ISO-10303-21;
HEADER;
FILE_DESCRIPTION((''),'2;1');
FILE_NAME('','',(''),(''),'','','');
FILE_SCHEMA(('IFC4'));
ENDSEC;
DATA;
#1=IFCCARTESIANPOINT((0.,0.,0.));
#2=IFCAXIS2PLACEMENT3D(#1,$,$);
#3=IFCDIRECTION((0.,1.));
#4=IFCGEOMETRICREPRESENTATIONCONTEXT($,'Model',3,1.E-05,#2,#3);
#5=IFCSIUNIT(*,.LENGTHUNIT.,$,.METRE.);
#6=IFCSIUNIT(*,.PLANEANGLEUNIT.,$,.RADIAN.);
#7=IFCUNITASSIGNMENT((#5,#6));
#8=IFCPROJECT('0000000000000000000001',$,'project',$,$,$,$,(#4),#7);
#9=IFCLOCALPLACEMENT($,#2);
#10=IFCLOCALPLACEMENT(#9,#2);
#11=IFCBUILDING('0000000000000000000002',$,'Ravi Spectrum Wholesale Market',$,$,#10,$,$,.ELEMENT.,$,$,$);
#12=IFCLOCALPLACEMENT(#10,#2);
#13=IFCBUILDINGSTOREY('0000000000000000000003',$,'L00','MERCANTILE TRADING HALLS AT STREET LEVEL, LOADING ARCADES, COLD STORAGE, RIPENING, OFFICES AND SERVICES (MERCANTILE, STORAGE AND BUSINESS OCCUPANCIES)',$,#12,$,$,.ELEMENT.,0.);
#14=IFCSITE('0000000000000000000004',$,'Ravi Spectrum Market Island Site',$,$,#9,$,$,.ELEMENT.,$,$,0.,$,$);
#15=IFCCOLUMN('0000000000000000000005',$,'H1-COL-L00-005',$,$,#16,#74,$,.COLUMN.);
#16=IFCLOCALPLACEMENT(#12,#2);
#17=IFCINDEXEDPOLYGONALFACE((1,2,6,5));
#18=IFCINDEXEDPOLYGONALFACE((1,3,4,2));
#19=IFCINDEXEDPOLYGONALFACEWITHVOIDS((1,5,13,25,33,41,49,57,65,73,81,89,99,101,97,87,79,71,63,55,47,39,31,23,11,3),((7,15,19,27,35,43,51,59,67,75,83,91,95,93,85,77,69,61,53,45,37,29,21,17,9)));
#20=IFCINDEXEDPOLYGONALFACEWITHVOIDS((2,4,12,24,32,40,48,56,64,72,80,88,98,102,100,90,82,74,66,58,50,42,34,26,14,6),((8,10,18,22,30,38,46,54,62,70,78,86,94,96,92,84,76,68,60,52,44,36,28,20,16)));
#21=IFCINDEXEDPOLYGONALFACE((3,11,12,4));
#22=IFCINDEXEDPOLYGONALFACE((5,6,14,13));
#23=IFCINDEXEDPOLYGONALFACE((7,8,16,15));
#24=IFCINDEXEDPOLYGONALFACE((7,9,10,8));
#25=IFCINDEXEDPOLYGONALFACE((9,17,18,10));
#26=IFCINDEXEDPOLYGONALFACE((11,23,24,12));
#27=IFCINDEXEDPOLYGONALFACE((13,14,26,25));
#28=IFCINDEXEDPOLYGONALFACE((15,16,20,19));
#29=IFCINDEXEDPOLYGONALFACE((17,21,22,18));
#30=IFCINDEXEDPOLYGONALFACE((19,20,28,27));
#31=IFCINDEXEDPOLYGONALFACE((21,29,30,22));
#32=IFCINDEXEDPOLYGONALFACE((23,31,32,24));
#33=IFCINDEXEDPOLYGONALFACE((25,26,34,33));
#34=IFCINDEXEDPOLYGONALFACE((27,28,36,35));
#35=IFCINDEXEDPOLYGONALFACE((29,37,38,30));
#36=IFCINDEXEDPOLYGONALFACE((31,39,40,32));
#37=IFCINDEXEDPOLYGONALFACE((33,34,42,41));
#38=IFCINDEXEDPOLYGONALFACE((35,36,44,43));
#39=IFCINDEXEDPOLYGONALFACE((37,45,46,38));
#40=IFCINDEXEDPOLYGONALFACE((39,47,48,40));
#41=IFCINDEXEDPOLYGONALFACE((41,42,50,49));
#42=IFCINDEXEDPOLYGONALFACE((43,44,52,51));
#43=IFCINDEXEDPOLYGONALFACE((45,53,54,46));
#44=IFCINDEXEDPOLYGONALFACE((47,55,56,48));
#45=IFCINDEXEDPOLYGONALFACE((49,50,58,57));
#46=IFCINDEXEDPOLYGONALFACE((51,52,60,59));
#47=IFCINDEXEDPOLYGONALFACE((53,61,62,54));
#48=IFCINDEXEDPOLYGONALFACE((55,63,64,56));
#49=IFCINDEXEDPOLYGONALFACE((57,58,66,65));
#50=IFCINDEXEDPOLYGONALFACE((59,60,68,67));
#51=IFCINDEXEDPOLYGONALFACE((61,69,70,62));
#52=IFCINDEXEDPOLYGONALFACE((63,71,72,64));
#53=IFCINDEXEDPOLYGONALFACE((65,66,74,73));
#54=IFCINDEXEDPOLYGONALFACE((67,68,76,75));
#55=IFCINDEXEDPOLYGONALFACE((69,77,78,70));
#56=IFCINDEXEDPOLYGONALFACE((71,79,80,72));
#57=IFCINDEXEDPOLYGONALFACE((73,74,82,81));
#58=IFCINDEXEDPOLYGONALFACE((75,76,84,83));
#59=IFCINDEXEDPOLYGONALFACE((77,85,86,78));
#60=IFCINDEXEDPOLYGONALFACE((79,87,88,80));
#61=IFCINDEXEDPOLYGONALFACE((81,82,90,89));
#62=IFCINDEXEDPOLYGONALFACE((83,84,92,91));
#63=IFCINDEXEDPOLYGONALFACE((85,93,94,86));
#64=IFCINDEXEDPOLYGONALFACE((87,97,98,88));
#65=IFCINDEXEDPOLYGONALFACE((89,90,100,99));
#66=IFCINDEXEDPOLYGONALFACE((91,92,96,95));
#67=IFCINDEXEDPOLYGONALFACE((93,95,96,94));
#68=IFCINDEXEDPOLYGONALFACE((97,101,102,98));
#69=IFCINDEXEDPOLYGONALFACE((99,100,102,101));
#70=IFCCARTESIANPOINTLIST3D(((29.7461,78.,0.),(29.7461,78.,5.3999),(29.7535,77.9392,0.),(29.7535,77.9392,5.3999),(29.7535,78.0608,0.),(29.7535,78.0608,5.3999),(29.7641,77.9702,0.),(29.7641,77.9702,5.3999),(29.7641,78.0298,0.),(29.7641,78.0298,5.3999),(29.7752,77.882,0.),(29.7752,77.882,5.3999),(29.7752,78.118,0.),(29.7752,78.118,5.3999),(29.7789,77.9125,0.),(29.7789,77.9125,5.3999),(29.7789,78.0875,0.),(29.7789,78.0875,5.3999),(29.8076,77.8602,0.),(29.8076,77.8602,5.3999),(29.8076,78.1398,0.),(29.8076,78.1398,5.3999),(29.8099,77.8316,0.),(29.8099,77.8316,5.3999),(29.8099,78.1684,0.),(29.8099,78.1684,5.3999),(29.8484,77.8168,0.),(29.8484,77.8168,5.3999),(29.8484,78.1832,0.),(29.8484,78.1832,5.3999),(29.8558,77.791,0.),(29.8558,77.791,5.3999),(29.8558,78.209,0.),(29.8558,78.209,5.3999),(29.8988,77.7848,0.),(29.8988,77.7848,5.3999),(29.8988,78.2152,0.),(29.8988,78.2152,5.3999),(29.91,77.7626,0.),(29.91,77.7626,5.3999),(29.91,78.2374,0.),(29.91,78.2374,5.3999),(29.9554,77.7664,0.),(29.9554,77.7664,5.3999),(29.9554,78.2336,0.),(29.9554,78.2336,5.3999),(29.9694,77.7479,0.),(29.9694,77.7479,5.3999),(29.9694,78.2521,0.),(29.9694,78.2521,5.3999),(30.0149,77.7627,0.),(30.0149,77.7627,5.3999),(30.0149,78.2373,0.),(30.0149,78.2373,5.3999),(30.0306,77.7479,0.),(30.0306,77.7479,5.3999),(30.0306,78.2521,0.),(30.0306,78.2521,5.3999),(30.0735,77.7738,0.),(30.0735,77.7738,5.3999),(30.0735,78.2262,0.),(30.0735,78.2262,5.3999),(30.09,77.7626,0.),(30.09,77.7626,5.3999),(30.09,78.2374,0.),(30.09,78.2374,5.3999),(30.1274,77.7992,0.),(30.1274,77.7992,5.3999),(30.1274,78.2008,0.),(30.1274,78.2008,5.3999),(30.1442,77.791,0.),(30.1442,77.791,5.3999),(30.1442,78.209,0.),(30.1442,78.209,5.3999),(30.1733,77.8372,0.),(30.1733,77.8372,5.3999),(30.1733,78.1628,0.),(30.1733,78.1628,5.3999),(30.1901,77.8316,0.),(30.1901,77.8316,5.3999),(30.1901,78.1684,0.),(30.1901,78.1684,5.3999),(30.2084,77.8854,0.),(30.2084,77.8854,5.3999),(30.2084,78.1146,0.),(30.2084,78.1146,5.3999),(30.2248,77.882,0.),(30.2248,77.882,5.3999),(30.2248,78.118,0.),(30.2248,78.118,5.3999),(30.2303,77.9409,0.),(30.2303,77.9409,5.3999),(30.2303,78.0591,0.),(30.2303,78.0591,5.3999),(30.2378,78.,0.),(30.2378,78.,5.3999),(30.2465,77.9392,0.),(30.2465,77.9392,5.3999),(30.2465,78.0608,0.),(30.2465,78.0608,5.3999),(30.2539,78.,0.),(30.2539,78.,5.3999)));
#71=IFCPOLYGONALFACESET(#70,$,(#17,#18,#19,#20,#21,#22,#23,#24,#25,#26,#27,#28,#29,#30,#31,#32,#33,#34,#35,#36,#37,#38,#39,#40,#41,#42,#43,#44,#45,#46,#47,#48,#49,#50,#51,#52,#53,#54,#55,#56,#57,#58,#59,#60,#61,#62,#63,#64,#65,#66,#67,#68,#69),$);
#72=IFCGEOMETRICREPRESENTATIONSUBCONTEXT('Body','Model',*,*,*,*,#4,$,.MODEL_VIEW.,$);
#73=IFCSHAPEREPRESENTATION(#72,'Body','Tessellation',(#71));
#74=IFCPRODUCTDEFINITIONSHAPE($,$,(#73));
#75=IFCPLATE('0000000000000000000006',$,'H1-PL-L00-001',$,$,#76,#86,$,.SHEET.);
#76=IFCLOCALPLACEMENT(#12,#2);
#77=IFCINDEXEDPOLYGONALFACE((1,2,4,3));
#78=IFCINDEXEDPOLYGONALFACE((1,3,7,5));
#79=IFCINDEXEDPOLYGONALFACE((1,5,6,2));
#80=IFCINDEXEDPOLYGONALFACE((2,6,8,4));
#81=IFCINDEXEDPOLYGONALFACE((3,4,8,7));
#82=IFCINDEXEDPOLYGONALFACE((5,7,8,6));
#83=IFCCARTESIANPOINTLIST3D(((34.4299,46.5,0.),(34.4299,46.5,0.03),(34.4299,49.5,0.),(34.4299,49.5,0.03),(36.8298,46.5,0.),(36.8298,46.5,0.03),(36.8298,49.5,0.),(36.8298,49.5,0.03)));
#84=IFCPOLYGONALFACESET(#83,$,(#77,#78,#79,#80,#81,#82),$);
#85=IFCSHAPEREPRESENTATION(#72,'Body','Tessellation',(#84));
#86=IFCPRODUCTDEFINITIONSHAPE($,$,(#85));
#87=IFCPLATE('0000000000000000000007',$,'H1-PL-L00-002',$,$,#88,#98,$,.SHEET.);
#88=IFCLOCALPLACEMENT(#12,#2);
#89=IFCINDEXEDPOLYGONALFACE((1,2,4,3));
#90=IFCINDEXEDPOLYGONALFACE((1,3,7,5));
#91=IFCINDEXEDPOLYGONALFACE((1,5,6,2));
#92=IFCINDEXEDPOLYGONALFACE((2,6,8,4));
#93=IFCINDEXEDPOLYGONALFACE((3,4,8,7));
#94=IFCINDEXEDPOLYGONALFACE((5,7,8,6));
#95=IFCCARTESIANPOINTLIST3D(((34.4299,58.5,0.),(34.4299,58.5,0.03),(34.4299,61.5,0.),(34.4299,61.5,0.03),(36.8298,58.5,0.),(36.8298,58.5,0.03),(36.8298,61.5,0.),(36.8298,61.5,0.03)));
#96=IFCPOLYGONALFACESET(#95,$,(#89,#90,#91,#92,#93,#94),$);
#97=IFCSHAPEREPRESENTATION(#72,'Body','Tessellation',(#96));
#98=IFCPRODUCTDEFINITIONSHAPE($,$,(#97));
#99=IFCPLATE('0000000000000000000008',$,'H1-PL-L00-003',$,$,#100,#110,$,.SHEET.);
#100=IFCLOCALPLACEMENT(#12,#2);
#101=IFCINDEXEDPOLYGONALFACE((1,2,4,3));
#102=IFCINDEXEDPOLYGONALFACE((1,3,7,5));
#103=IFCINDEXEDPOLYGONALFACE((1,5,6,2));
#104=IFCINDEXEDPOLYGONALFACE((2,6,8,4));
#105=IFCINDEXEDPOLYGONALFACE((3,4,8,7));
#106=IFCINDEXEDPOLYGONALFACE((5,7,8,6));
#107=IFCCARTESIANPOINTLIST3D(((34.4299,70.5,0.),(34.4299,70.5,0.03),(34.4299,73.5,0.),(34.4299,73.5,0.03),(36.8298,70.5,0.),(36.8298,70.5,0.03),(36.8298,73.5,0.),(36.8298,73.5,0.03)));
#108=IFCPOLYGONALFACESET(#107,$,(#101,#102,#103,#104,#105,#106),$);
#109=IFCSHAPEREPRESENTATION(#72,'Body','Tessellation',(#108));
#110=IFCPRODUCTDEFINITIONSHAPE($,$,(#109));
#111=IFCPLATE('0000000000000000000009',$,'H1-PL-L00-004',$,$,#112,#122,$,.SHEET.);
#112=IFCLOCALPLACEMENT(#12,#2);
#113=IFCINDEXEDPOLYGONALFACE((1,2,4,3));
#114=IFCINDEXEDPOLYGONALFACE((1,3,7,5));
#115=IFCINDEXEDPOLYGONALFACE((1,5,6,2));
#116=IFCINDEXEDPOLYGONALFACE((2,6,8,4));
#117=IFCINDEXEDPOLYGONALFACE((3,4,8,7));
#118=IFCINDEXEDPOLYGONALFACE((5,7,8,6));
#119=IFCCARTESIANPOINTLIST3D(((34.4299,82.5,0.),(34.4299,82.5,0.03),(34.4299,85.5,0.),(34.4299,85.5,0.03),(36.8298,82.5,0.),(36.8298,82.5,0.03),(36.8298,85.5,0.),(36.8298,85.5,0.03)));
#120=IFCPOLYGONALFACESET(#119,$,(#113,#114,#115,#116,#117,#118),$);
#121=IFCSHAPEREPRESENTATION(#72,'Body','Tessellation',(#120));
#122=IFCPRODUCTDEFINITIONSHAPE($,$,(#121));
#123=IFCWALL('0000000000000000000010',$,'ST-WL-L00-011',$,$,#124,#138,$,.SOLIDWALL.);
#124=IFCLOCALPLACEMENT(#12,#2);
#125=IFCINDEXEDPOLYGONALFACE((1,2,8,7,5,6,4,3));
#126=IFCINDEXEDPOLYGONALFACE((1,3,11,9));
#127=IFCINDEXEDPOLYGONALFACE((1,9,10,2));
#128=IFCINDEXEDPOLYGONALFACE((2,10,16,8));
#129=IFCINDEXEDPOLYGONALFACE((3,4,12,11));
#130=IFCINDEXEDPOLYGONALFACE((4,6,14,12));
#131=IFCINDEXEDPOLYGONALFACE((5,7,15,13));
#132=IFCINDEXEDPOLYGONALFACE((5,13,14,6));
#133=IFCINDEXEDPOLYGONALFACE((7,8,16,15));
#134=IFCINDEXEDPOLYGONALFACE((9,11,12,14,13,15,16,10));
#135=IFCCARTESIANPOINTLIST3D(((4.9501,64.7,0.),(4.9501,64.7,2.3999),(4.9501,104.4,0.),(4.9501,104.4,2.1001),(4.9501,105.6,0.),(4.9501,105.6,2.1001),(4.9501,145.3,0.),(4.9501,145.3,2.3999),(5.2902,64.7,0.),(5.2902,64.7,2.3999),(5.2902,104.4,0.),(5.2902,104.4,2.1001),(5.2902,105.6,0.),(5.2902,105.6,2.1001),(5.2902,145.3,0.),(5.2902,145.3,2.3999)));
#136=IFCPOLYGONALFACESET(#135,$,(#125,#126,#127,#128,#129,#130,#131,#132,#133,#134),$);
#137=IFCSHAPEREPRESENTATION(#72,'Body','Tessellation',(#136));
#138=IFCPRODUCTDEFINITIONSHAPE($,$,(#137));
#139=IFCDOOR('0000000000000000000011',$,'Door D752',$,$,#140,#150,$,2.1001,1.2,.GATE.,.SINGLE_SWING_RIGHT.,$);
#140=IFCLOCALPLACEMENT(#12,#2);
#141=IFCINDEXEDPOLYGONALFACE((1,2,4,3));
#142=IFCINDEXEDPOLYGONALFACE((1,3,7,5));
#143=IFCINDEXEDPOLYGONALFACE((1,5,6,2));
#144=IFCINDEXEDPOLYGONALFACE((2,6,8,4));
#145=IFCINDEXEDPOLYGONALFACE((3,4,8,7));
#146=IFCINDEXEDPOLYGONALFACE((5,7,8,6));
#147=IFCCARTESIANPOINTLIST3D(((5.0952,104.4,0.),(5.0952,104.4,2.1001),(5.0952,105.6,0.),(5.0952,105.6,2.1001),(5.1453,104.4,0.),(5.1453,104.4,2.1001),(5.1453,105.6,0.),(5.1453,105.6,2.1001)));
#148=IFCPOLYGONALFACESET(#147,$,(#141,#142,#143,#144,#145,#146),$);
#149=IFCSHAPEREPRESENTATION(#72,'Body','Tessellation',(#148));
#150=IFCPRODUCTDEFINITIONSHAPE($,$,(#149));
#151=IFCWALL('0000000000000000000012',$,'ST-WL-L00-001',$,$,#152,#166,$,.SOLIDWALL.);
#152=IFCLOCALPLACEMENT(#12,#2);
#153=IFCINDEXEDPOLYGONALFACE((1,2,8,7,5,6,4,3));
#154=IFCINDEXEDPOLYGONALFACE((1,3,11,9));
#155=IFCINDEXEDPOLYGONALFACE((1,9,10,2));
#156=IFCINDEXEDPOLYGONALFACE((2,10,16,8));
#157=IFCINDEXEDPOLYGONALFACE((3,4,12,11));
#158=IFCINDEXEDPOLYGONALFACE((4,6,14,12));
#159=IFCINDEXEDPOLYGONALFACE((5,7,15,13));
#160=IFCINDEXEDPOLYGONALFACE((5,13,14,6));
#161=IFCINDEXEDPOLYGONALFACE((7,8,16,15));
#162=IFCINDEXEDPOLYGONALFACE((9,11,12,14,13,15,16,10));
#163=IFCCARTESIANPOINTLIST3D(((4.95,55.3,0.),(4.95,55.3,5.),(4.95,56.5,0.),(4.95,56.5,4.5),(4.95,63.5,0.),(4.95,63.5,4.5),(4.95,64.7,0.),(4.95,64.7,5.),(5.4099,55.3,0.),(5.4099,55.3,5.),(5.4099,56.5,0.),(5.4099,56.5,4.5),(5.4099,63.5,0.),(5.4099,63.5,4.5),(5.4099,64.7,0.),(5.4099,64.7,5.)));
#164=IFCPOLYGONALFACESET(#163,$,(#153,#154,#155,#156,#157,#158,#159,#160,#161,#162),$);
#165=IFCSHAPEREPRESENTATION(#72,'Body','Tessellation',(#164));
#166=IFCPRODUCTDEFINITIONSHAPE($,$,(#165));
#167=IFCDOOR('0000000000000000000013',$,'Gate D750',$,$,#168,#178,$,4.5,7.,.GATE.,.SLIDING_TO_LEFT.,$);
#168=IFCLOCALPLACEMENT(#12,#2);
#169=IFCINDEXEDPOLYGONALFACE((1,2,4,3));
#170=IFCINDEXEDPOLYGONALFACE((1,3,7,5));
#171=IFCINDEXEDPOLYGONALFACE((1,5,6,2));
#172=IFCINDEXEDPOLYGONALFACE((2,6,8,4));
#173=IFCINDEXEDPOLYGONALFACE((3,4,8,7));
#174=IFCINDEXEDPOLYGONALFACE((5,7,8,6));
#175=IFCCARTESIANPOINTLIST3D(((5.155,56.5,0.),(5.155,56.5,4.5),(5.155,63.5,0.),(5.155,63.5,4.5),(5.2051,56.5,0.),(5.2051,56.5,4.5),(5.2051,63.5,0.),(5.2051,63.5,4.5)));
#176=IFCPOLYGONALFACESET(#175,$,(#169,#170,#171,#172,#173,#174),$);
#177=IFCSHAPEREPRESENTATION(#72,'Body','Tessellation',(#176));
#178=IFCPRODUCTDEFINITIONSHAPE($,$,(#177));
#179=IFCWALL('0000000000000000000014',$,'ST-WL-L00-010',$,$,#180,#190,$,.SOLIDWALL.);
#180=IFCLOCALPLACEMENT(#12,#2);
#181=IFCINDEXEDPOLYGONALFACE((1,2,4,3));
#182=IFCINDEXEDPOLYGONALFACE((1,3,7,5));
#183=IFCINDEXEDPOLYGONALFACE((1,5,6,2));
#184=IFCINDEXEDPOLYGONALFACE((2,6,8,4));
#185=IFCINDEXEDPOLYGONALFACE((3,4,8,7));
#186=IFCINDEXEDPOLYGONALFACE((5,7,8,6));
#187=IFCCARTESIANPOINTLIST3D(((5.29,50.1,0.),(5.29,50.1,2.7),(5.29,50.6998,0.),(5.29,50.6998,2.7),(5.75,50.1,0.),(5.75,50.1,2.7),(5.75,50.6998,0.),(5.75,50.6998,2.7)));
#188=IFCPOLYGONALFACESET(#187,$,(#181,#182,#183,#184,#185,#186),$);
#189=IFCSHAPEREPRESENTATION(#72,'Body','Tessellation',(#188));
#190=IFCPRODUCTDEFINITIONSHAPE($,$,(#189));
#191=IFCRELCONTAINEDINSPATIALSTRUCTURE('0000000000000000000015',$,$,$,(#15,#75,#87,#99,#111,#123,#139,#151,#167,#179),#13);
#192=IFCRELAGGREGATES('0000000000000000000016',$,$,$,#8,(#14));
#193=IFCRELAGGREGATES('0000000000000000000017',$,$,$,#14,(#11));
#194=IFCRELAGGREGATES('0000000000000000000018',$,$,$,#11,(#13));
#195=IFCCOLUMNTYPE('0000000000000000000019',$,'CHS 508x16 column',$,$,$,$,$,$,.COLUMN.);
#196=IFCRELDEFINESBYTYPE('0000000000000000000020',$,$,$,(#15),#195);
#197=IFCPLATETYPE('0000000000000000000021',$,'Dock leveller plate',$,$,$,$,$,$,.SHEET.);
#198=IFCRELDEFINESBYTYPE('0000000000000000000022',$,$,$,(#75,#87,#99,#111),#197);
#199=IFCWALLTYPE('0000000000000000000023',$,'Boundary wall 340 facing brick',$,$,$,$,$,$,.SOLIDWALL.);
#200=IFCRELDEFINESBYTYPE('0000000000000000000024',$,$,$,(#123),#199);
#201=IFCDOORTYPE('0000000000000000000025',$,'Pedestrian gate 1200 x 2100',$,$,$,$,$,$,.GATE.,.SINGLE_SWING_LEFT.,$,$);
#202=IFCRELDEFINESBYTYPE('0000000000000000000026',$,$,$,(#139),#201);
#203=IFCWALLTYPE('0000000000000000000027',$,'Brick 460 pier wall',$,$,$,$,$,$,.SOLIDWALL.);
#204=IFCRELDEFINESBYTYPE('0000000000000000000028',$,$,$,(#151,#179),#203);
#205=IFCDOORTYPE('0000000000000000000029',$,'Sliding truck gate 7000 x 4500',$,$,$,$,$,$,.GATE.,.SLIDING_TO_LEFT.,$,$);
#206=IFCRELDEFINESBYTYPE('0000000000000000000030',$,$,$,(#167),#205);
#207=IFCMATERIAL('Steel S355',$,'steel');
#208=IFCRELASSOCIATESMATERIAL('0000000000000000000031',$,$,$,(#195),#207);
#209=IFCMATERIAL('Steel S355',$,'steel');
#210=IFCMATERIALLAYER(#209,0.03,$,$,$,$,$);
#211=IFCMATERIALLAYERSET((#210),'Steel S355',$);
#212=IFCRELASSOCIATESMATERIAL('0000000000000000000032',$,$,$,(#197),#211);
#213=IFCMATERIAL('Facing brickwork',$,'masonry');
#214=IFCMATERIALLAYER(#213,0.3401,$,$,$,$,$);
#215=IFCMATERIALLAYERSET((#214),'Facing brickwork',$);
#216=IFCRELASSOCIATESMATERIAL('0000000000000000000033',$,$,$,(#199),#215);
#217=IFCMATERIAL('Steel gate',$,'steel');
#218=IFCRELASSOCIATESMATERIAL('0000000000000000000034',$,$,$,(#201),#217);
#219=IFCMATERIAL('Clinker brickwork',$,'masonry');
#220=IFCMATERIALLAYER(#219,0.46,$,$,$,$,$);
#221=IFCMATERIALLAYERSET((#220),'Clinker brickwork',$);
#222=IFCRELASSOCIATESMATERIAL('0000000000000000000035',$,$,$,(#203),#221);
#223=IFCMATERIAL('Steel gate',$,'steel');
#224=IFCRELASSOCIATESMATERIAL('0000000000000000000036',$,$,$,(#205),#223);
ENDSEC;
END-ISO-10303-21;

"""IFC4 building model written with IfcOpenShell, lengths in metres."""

from ifc_helpers import new_model, si_unit, direction, frame, frame_2d, origin, origin_2d, place, context, subcontext, project, spatial, rectangle, hollow_circle, extrude, material, layer, layer_set, material_profile, profile_set, type_object, element, fill, save


model = new_model("IFC4")

# Units and contexts
model_context = context("Model", 3, precision=1e-05, world=origin(), true_north=direction((0.0, 1.0)))
body_context = subcontext(model_context, "Body", "Model", "MODEL_VIEW")
ifc_project = project(units=[si_unit("LENGTHUNIT", "METRE"), si_unit("PLANEANGLEUNIT", "RADIAN")], contexts=[model_context])

# Site, building, storey
site_placement = place(None, origin())
site = spatial("IfcSite", under=ifc_project, at=site_placement, Name="Ravi Spectrum Market Island Site", CompositionType="ELEMENT", RefElevation=0.0)
building_placement = place(site_placement, origin())
building = spatial("IfcBuilding", under=site, at=building_placement, Name="Ravi Spectrum Wholesale Market", CompositionType="ELEMENT")
storey_placement = place(building_placement, origin())
storey = spatial("IfcBuildingStorey", under=building, at=storey_placement, Name="L00", Description="MERCANTILE TRADING HALLS AT STREET LEVEL, LOADING ARCADES, COLD STORAGE, RIPENING, OFFICES AND SERVICES (MERCANTILE, STORAGE AND BUSINESS OCCUPANCIES)", CompositionType="ELEMENT", Elevation=0.0)

# Column
ifc_material_1 = material(Name="Steel S355", Category="steel")
ifc_material_profile = material_profile(ifc_material_1, hollow_circle(Radius=0.2539, WallThickness=0.0161, at=origin_2d()))
ifc_profile_set = profile_set([ifc_material_profile], Name="Steel S355")
column_type = type_object("IfcColumnType", Name="CHS 508x16 column", PredefinedType="COLUMN", material=ifc_profile_set)
for number, where, z_axis, x_axis, name in (
    (1, (30.0, 78.0, 0.0), (0.0, 0.0, 1.0), (1.0, 0.0, 0.0), "H1-COL-L00-005"),
):
    element("IfcColumn", number, at=place(storey_placement, frame(where, z_axis=z_axis, x_axis=x_axis)), inside=storey, type_object=column_type, Name=name, PredefinedType="COLUMN", context=body_context, shape_type="SweptSolid", body=[
        extrude(hollow_circle(Radius=0.2539, WallThickness=0.0161, at=origin_2d()), origin(), (0.0, 0.0, 1.0), 5.3999),
    ])

# Plates
ifc_material_2 = material(Name="Steel S355", Category="steel")
ifc_layer_1 = layer(ifc_material_2, 0.03)
ifc_layer_set_1 = layer_set([ifc_layer_1], Name="Steel S355")
plate_type = type_object("IfcPlateType", Name="Dock leveller plate", PredefinedType="SHEET", material=ifc_layer_set_1)
for number, where, z_axis, x_axis, name in (
    (2, (35.6299, 48.0, 0.0), (0.0, 0.0, 1.0), (1.0, 0.0, 0.0), "H1-PL-L00-001"),
    (3, (35.6299, 60.0, 0.0), (0.0, 0.0, 1.0), (1.0, 0.0, 0.0), "H1-PL-L00-002"),
    (4, (35.6299, 72.0, 0.0), (0.0, 0.0, 1.0), (1.0, 0.0, 0.0), "H1-PL-L00-003"),
    (5, (35.6299, 84.0, 0.0), (0.0, 0.0, 1.0), (1.0, 0.0, 0.0), "H1-PL-L00-004"),
):
    element("IfcPlate", number, at=place(storey_placement, frame(where, z_axis=z_axis, x_axis=x_axis)), inside=storey, type_object=plate_type, Name=name, PredefinedType="SHEET", context=body_context, shape_type="SweptSolid", body=[
        extrude(rectangle(XDim=2.3999, YDim=3.0, at=origin_2d()), origin(), (0.0, 0.0, 1.0), 0.03),
    ])

# Walls, openings, doors
ifc_material_3 = material(Name="Facing brickwork", Category="masonry")
ifc_layer_2 = layer(ifc_material_3, 0.3401)
ifc_layer_set_2 = layer_set([ifc_layer_2], Name="Facing brickwork")
wall_type_1 = type_object("IfcWallType", Name="Boundary wall 340 facing brick", PredefinedType="SOLIDWALL", material=ifc_layer_set_2)
wall_1_placement = place(storey_placement, frame((5.1201, 64.7, 0.0), z_axis=(0.0, 0.0, 1.0), x_axis=(0.0, 1.0, 0.0)))
wall_1 = element("IfcWall", 6, at=wall_1_placement, inside=storey, type_object=wall_type_1, Name="ST-WL-L00-011", PredefinedType="SOLIDWALL", context=body_context, shape_type="SweptSolid", body=[
    extrude(rectangle(XDim=80.6001, YDim=0.3401, at=frame_2d((40.3, 0.0))), origin(), (0.0, 0.0, 1.0), 2.3999),
])
opening_1_placement = place(wall_1_placement, frame((39.7, 0.0, 0.0)))
opening_1 = element("IfcOpeningElement", 7, at=opening_1_placement, cuts=wall_1, PredefinedType="OPENING", context=body_context, shape_type="SweptSolid", body=[
    extrude(rectangle(XDim=1.2, YDim=2.1001, at=frame_2d((0.6001, 1.05))), frame((0.0, 0.1799, 0.0), z_axis=(0.0, -1.0, 0.0), x_axis=(1.0, 0.0, 0.0)), (0.0, 0.0, 1.0), 0.3601),
])
ifc_material_4 = material(Name="Steel gate", Category="steel")
door_type_1 = type_object("IfcDoorType", Name="Pedestrian gate 1200 x 2100", OperationType="SINGLE_SWING_LEFT", PredefinedType="GATE", material=ifc_material_4)
door_1_placement = place(opening_1_placement, origin())
door_1 = element("IfcDoor", 8, at=door_1_placement, inside=storey, type_object=door_type_1, Name="Door D752", OperationType="SINGLE_SWING_RIGHT", OverallHeight=2.1001, OverallWidth=1.2, PredefinedType="GATE", context=body_context, shape_type="SweptSolid", body=[
    extrude(rectangle(XDim=1.2, YDim=2.1001, at=frame_2d((0.6001, 1.05))), frame((0.0, 0.0249, 0.0), z_axis=(0.0, -1.0, 0.0), x_axis=(1.0, 0.0, 0.0)), (0.0, 0.0, 1.0), 0.05),
])
fill(opening_1, door_1)
ifc_material_5 = material(Name="Clinker brickwork", Category="masonry")
ifc_layer_3 = layer(ifc_material_5, 0.46)
ifc_layer_set_3 = layer_set([ifc_layer_3], Name="Clinker brickwork")
wall_type_2 = type_object("IfcWallType", Name="Brick 460 pier wall", PredefinedType="SOLIDWALL", material=ifc_layer_set_3)
wall_2_placement = place(storey_placement, frame((5.1799, 55.3, 0.0), z_axis=(0.0, 0.0, 1.0), x_axis=(0.0, 1.0, 0.0)))
wall_2 = element("IfcWall", 9, at=wall_2_placement, inside=storey, type_object=wall_type_2, Name="ST-WL-L00-001", PredefinedType="SOLIDWALL", context=body_context, shape_type="SweptSolid", body=[
    extrude(rectangle(XDim=9.3999, YDim=0.46, at=frame_2d((4.7, 0.0))), origin(), (0.0, 0.0, 1.0), 5.0),
])
opening_2_placement = place(wall_2_placement, frame((1.2, 0.0, 0.0)))
opening_2 = element("IfcOpeningElement", 10, at=opening_2_placement, cuts=wall_2, PredefinedType="OPENING", context=body_context, shape_type="SweptSolid", body=[
    extrude(rectangle(XDim=7.0, YDim=4.5, at=frame_2d((3.5, 2.25))), frame((0.0, 0.24, 0.0), z_axis=(0.0, -1.0, 0.0), x_axis=(1.0, 0.0, 0.0)), (0.0, 0.0, 1.0), 0.48),
])
ifc_material_6 = material(Name="Steel gate", Category="steel")
door_type_2 = type_object("IfcDoorType", Name="Sliding truck gate 7000 x 4500", OperationType="SLIDING_TO_LEFT", PredefinedType="GATE", material=ifc_material_6)
door_2_placement = place(opening_2_placement, origin())
door_2 = element("IfcDoor", 11, at=door_2_placement, inside=storey, type_object=door_type_2, Name="Gate D750", OperationType="SLIDING_TO_LEFT", OverallHeight=4.5, OverallWidth=7.0, PredefinedType="GATE", context=body_context, shape_type="SweptSolid", body=[
    extrude(rectangle(XDim=7.0, YDim=4.5, at=frame_2d((3.5, 2.25))), frame((0.0, 0.0249, 0.0), z_axis=(0.0, -1.0, 0.0), x_axis=(1.0, 0.0, 0.0)), (0.0, 0.0, 1.0), 0.05),
])
fill(opening_2, door_2)

# Wall
wall_3_placement = place(storey_placement, frame((5.52, 50.1001, 0.0), z_axis=(0.0, 0.0, 1.0), x_axis=(0.0, 1.0, 0.0)))
element("IfcWall", 12, at=wall_3_placement, inside=storey, type_object=wall_type_2, Name="ST-WL-L00-010", PredefinedType="SOLIDWALL", context=body_context, shape_type="SweptSolid", body=[
    extrude(rectangle(XDim=0.5999, YDim=0.46, at=frame_2d((0.2998, 0.0))), origin(), (0.0, 0.0, 1.0), 2.7),
])

save(model, "model.ifc")
